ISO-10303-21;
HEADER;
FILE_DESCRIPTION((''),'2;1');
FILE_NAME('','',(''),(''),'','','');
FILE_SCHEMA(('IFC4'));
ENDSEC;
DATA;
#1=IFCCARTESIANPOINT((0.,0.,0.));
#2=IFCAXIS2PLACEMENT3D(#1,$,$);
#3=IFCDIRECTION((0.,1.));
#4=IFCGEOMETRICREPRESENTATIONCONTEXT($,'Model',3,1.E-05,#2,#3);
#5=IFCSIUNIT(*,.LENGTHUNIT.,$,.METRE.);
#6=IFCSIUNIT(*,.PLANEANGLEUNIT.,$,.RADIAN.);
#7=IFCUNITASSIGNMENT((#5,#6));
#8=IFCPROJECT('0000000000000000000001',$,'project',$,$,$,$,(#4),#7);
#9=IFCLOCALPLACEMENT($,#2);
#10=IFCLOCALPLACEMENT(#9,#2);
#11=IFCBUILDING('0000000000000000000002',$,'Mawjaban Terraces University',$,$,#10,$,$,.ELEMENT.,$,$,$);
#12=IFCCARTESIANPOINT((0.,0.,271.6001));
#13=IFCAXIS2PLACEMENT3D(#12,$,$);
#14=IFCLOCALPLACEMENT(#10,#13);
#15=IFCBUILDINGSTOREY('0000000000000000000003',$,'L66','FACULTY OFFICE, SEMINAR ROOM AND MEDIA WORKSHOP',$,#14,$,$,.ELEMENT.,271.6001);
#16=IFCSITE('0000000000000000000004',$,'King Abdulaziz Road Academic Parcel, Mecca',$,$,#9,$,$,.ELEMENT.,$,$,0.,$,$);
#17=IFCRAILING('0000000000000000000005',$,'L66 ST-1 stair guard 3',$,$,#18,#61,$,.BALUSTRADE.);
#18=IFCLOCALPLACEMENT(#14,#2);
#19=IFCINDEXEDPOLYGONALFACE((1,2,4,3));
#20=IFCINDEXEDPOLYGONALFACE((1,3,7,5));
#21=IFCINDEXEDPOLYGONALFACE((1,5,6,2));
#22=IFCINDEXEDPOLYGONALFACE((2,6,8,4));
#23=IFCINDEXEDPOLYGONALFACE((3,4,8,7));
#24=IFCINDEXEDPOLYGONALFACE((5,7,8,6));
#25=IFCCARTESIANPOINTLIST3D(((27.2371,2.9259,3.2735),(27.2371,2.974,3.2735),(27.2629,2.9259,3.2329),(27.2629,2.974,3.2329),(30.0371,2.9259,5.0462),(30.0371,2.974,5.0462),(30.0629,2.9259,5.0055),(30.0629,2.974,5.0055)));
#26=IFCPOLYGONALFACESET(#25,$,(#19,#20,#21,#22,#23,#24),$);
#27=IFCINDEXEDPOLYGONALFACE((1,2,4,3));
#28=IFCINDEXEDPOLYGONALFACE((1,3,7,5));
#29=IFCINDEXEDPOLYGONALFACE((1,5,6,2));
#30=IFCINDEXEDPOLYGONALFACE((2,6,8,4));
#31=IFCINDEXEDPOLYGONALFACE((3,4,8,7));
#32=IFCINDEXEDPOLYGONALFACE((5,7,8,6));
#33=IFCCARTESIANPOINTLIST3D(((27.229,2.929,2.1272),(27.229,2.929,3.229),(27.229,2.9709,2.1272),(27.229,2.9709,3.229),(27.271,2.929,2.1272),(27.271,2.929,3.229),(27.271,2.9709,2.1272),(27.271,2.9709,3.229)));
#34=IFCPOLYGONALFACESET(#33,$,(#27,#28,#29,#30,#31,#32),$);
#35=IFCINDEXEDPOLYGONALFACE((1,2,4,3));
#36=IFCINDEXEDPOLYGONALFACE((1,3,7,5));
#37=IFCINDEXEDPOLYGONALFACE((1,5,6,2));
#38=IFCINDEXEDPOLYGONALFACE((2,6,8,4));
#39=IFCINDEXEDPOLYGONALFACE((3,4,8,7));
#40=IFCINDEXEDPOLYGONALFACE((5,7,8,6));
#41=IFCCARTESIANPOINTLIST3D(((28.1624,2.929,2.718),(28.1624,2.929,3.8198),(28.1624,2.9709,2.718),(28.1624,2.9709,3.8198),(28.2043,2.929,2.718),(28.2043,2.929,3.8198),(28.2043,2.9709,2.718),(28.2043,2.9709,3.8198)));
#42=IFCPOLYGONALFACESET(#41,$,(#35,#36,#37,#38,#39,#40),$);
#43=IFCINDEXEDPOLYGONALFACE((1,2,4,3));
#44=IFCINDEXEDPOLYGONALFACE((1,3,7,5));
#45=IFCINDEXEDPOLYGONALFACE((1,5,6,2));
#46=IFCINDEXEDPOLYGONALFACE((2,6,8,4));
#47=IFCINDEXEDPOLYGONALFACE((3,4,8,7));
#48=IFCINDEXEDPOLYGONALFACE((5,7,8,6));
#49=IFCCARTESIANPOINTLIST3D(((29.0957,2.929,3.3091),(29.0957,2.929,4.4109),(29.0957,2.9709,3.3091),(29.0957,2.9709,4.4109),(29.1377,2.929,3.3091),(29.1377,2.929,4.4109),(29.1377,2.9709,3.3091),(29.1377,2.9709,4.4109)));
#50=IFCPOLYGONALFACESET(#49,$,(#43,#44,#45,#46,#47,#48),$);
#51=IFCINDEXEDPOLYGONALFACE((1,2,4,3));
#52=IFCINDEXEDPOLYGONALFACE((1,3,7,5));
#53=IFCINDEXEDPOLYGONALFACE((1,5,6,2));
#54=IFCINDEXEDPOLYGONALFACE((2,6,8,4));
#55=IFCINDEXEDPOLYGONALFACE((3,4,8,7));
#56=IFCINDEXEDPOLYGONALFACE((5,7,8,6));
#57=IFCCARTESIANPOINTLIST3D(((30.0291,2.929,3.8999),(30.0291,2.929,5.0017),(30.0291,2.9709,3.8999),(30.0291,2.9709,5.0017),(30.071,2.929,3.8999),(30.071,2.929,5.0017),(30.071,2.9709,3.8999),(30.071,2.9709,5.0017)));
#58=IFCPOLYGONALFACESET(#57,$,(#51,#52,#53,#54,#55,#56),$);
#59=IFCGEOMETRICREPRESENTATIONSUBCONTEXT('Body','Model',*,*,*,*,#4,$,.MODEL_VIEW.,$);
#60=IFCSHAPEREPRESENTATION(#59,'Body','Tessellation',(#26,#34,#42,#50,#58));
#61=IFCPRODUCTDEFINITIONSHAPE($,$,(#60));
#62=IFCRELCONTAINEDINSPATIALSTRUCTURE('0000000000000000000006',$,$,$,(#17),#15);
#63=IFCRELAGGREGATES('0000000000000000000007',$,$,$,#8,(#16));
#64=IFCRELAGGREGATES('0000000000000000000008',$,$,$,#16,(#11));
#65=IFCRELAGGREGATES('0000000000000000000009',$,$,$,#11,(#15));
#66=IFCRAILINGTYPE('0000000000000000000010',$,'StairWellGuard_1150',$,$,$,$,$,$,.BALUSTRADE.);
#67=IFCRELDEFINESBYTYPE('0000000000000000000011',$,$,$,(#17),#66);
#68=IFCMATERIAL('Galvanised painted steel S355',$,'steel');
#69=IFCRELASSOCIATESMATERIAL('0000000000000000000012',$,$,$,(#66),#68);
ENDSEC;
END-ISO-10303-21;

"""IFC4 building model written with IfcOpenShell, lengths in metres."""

from ifc_helpers import new_model, si_unit, direction, frame, origin, origin_2d, place, context, subcontext, project, spatial, rectangle, extrude, material, type_object, element, save


model = new_model("IFC4")

# Units and contexts
model_context = context("Model", 3, precision=1e-05, world=origin(), true_north=direction((0.0, 1.0)))
body_context = subcontext(model_context, "Body", "Model", "MODEL_VIEW")
ifc_project = project(units=[si_unit("LENGTHUNIT", "METRE"), si_unit("PLANEANGLEUNIT", "RADIAN")], contexts=[model_context])

# Site, building, storey
site_placement = place(None, origin())
site = spatial("IfcSite", under=ifc_project, at=site_placement, Name="King Abdulaziz Road Academic Parcel, Mecca", CompositionType="ELEMENT", RefElevation=0.0)
building_placement = place(site_placement, origin())
building = spatial("IfcBuilding", under=site, at=building_placement, Name="Mawjaban Terraces University", CompositionType="ELEMENT")
storey_placement = place(building_placement, frame((0.0, 0.0, 271.6001)))
storey = spatial("IfcBuildingStorey", under=building, at=storey_placement, Name="L66", Description="FACULTY OFFICE, SEMINAR ROOM AND MEDIA WORKSHOP", CompositionType="ELEMENT", Elevation=271.6001)

# Railing
ifc_material_1 = material(Name="Galvanised painted steel S355", Category="steel")
railing_type_1 = type_object("IfcRailingType", Name="StairWellGuard_1150", PredefinedType="BALUSTRADE", material=ifc_material_1)
railing_1_placement = place(storey_placement, frame((27.25, 2.95, 2.1272)))
element("IfcRailing", 1, at=railing_1_placement, inside=storey, type_object=railing_type_1, Name="L66 ST-1 stair guard 3", PredefinedType="BALUSTRADE", context=body_context, shape_type="SweptSolid", body=[
    extrude(rectangle(XDim=0.0481, YDim=0.0481, at=origin_2d()), frame((0.0, 0.0, 1.126), z_axis=(0.844909, 0.0, 0.53491), x_axis=(0.0, 1.0, 0.0)), (0.0, 0.0, 1.0), 3.314),
    extrude(rectangle(XDim=0.042, YDim=0.042, at=origin_2d()), origin(), (0.0, 0.0, 1.0), 1.1018),
    extrude(rectangle(XDim=0.042, YDim=0.042, at=origin_2d()), frame((0.9333, 0.0, 0.5908)), (0.0, 0.0, 1.0), 1.1018),
    extrude(rectangle(XDim=0.042, YDim=0.042, at=origin_2d()), frame((1.8667, 0.0, 1.1819)), (0.0, 0.0, 1.0), 1.1018),
    extrude(rectangle(XDim=0.042, YDim=0.042, at=origin_2d()), frame((2.8, 0.0, 1.7727)), (0.0, 0.0, 1.0), 1.1018),
])

save(model, "model.ifc")
